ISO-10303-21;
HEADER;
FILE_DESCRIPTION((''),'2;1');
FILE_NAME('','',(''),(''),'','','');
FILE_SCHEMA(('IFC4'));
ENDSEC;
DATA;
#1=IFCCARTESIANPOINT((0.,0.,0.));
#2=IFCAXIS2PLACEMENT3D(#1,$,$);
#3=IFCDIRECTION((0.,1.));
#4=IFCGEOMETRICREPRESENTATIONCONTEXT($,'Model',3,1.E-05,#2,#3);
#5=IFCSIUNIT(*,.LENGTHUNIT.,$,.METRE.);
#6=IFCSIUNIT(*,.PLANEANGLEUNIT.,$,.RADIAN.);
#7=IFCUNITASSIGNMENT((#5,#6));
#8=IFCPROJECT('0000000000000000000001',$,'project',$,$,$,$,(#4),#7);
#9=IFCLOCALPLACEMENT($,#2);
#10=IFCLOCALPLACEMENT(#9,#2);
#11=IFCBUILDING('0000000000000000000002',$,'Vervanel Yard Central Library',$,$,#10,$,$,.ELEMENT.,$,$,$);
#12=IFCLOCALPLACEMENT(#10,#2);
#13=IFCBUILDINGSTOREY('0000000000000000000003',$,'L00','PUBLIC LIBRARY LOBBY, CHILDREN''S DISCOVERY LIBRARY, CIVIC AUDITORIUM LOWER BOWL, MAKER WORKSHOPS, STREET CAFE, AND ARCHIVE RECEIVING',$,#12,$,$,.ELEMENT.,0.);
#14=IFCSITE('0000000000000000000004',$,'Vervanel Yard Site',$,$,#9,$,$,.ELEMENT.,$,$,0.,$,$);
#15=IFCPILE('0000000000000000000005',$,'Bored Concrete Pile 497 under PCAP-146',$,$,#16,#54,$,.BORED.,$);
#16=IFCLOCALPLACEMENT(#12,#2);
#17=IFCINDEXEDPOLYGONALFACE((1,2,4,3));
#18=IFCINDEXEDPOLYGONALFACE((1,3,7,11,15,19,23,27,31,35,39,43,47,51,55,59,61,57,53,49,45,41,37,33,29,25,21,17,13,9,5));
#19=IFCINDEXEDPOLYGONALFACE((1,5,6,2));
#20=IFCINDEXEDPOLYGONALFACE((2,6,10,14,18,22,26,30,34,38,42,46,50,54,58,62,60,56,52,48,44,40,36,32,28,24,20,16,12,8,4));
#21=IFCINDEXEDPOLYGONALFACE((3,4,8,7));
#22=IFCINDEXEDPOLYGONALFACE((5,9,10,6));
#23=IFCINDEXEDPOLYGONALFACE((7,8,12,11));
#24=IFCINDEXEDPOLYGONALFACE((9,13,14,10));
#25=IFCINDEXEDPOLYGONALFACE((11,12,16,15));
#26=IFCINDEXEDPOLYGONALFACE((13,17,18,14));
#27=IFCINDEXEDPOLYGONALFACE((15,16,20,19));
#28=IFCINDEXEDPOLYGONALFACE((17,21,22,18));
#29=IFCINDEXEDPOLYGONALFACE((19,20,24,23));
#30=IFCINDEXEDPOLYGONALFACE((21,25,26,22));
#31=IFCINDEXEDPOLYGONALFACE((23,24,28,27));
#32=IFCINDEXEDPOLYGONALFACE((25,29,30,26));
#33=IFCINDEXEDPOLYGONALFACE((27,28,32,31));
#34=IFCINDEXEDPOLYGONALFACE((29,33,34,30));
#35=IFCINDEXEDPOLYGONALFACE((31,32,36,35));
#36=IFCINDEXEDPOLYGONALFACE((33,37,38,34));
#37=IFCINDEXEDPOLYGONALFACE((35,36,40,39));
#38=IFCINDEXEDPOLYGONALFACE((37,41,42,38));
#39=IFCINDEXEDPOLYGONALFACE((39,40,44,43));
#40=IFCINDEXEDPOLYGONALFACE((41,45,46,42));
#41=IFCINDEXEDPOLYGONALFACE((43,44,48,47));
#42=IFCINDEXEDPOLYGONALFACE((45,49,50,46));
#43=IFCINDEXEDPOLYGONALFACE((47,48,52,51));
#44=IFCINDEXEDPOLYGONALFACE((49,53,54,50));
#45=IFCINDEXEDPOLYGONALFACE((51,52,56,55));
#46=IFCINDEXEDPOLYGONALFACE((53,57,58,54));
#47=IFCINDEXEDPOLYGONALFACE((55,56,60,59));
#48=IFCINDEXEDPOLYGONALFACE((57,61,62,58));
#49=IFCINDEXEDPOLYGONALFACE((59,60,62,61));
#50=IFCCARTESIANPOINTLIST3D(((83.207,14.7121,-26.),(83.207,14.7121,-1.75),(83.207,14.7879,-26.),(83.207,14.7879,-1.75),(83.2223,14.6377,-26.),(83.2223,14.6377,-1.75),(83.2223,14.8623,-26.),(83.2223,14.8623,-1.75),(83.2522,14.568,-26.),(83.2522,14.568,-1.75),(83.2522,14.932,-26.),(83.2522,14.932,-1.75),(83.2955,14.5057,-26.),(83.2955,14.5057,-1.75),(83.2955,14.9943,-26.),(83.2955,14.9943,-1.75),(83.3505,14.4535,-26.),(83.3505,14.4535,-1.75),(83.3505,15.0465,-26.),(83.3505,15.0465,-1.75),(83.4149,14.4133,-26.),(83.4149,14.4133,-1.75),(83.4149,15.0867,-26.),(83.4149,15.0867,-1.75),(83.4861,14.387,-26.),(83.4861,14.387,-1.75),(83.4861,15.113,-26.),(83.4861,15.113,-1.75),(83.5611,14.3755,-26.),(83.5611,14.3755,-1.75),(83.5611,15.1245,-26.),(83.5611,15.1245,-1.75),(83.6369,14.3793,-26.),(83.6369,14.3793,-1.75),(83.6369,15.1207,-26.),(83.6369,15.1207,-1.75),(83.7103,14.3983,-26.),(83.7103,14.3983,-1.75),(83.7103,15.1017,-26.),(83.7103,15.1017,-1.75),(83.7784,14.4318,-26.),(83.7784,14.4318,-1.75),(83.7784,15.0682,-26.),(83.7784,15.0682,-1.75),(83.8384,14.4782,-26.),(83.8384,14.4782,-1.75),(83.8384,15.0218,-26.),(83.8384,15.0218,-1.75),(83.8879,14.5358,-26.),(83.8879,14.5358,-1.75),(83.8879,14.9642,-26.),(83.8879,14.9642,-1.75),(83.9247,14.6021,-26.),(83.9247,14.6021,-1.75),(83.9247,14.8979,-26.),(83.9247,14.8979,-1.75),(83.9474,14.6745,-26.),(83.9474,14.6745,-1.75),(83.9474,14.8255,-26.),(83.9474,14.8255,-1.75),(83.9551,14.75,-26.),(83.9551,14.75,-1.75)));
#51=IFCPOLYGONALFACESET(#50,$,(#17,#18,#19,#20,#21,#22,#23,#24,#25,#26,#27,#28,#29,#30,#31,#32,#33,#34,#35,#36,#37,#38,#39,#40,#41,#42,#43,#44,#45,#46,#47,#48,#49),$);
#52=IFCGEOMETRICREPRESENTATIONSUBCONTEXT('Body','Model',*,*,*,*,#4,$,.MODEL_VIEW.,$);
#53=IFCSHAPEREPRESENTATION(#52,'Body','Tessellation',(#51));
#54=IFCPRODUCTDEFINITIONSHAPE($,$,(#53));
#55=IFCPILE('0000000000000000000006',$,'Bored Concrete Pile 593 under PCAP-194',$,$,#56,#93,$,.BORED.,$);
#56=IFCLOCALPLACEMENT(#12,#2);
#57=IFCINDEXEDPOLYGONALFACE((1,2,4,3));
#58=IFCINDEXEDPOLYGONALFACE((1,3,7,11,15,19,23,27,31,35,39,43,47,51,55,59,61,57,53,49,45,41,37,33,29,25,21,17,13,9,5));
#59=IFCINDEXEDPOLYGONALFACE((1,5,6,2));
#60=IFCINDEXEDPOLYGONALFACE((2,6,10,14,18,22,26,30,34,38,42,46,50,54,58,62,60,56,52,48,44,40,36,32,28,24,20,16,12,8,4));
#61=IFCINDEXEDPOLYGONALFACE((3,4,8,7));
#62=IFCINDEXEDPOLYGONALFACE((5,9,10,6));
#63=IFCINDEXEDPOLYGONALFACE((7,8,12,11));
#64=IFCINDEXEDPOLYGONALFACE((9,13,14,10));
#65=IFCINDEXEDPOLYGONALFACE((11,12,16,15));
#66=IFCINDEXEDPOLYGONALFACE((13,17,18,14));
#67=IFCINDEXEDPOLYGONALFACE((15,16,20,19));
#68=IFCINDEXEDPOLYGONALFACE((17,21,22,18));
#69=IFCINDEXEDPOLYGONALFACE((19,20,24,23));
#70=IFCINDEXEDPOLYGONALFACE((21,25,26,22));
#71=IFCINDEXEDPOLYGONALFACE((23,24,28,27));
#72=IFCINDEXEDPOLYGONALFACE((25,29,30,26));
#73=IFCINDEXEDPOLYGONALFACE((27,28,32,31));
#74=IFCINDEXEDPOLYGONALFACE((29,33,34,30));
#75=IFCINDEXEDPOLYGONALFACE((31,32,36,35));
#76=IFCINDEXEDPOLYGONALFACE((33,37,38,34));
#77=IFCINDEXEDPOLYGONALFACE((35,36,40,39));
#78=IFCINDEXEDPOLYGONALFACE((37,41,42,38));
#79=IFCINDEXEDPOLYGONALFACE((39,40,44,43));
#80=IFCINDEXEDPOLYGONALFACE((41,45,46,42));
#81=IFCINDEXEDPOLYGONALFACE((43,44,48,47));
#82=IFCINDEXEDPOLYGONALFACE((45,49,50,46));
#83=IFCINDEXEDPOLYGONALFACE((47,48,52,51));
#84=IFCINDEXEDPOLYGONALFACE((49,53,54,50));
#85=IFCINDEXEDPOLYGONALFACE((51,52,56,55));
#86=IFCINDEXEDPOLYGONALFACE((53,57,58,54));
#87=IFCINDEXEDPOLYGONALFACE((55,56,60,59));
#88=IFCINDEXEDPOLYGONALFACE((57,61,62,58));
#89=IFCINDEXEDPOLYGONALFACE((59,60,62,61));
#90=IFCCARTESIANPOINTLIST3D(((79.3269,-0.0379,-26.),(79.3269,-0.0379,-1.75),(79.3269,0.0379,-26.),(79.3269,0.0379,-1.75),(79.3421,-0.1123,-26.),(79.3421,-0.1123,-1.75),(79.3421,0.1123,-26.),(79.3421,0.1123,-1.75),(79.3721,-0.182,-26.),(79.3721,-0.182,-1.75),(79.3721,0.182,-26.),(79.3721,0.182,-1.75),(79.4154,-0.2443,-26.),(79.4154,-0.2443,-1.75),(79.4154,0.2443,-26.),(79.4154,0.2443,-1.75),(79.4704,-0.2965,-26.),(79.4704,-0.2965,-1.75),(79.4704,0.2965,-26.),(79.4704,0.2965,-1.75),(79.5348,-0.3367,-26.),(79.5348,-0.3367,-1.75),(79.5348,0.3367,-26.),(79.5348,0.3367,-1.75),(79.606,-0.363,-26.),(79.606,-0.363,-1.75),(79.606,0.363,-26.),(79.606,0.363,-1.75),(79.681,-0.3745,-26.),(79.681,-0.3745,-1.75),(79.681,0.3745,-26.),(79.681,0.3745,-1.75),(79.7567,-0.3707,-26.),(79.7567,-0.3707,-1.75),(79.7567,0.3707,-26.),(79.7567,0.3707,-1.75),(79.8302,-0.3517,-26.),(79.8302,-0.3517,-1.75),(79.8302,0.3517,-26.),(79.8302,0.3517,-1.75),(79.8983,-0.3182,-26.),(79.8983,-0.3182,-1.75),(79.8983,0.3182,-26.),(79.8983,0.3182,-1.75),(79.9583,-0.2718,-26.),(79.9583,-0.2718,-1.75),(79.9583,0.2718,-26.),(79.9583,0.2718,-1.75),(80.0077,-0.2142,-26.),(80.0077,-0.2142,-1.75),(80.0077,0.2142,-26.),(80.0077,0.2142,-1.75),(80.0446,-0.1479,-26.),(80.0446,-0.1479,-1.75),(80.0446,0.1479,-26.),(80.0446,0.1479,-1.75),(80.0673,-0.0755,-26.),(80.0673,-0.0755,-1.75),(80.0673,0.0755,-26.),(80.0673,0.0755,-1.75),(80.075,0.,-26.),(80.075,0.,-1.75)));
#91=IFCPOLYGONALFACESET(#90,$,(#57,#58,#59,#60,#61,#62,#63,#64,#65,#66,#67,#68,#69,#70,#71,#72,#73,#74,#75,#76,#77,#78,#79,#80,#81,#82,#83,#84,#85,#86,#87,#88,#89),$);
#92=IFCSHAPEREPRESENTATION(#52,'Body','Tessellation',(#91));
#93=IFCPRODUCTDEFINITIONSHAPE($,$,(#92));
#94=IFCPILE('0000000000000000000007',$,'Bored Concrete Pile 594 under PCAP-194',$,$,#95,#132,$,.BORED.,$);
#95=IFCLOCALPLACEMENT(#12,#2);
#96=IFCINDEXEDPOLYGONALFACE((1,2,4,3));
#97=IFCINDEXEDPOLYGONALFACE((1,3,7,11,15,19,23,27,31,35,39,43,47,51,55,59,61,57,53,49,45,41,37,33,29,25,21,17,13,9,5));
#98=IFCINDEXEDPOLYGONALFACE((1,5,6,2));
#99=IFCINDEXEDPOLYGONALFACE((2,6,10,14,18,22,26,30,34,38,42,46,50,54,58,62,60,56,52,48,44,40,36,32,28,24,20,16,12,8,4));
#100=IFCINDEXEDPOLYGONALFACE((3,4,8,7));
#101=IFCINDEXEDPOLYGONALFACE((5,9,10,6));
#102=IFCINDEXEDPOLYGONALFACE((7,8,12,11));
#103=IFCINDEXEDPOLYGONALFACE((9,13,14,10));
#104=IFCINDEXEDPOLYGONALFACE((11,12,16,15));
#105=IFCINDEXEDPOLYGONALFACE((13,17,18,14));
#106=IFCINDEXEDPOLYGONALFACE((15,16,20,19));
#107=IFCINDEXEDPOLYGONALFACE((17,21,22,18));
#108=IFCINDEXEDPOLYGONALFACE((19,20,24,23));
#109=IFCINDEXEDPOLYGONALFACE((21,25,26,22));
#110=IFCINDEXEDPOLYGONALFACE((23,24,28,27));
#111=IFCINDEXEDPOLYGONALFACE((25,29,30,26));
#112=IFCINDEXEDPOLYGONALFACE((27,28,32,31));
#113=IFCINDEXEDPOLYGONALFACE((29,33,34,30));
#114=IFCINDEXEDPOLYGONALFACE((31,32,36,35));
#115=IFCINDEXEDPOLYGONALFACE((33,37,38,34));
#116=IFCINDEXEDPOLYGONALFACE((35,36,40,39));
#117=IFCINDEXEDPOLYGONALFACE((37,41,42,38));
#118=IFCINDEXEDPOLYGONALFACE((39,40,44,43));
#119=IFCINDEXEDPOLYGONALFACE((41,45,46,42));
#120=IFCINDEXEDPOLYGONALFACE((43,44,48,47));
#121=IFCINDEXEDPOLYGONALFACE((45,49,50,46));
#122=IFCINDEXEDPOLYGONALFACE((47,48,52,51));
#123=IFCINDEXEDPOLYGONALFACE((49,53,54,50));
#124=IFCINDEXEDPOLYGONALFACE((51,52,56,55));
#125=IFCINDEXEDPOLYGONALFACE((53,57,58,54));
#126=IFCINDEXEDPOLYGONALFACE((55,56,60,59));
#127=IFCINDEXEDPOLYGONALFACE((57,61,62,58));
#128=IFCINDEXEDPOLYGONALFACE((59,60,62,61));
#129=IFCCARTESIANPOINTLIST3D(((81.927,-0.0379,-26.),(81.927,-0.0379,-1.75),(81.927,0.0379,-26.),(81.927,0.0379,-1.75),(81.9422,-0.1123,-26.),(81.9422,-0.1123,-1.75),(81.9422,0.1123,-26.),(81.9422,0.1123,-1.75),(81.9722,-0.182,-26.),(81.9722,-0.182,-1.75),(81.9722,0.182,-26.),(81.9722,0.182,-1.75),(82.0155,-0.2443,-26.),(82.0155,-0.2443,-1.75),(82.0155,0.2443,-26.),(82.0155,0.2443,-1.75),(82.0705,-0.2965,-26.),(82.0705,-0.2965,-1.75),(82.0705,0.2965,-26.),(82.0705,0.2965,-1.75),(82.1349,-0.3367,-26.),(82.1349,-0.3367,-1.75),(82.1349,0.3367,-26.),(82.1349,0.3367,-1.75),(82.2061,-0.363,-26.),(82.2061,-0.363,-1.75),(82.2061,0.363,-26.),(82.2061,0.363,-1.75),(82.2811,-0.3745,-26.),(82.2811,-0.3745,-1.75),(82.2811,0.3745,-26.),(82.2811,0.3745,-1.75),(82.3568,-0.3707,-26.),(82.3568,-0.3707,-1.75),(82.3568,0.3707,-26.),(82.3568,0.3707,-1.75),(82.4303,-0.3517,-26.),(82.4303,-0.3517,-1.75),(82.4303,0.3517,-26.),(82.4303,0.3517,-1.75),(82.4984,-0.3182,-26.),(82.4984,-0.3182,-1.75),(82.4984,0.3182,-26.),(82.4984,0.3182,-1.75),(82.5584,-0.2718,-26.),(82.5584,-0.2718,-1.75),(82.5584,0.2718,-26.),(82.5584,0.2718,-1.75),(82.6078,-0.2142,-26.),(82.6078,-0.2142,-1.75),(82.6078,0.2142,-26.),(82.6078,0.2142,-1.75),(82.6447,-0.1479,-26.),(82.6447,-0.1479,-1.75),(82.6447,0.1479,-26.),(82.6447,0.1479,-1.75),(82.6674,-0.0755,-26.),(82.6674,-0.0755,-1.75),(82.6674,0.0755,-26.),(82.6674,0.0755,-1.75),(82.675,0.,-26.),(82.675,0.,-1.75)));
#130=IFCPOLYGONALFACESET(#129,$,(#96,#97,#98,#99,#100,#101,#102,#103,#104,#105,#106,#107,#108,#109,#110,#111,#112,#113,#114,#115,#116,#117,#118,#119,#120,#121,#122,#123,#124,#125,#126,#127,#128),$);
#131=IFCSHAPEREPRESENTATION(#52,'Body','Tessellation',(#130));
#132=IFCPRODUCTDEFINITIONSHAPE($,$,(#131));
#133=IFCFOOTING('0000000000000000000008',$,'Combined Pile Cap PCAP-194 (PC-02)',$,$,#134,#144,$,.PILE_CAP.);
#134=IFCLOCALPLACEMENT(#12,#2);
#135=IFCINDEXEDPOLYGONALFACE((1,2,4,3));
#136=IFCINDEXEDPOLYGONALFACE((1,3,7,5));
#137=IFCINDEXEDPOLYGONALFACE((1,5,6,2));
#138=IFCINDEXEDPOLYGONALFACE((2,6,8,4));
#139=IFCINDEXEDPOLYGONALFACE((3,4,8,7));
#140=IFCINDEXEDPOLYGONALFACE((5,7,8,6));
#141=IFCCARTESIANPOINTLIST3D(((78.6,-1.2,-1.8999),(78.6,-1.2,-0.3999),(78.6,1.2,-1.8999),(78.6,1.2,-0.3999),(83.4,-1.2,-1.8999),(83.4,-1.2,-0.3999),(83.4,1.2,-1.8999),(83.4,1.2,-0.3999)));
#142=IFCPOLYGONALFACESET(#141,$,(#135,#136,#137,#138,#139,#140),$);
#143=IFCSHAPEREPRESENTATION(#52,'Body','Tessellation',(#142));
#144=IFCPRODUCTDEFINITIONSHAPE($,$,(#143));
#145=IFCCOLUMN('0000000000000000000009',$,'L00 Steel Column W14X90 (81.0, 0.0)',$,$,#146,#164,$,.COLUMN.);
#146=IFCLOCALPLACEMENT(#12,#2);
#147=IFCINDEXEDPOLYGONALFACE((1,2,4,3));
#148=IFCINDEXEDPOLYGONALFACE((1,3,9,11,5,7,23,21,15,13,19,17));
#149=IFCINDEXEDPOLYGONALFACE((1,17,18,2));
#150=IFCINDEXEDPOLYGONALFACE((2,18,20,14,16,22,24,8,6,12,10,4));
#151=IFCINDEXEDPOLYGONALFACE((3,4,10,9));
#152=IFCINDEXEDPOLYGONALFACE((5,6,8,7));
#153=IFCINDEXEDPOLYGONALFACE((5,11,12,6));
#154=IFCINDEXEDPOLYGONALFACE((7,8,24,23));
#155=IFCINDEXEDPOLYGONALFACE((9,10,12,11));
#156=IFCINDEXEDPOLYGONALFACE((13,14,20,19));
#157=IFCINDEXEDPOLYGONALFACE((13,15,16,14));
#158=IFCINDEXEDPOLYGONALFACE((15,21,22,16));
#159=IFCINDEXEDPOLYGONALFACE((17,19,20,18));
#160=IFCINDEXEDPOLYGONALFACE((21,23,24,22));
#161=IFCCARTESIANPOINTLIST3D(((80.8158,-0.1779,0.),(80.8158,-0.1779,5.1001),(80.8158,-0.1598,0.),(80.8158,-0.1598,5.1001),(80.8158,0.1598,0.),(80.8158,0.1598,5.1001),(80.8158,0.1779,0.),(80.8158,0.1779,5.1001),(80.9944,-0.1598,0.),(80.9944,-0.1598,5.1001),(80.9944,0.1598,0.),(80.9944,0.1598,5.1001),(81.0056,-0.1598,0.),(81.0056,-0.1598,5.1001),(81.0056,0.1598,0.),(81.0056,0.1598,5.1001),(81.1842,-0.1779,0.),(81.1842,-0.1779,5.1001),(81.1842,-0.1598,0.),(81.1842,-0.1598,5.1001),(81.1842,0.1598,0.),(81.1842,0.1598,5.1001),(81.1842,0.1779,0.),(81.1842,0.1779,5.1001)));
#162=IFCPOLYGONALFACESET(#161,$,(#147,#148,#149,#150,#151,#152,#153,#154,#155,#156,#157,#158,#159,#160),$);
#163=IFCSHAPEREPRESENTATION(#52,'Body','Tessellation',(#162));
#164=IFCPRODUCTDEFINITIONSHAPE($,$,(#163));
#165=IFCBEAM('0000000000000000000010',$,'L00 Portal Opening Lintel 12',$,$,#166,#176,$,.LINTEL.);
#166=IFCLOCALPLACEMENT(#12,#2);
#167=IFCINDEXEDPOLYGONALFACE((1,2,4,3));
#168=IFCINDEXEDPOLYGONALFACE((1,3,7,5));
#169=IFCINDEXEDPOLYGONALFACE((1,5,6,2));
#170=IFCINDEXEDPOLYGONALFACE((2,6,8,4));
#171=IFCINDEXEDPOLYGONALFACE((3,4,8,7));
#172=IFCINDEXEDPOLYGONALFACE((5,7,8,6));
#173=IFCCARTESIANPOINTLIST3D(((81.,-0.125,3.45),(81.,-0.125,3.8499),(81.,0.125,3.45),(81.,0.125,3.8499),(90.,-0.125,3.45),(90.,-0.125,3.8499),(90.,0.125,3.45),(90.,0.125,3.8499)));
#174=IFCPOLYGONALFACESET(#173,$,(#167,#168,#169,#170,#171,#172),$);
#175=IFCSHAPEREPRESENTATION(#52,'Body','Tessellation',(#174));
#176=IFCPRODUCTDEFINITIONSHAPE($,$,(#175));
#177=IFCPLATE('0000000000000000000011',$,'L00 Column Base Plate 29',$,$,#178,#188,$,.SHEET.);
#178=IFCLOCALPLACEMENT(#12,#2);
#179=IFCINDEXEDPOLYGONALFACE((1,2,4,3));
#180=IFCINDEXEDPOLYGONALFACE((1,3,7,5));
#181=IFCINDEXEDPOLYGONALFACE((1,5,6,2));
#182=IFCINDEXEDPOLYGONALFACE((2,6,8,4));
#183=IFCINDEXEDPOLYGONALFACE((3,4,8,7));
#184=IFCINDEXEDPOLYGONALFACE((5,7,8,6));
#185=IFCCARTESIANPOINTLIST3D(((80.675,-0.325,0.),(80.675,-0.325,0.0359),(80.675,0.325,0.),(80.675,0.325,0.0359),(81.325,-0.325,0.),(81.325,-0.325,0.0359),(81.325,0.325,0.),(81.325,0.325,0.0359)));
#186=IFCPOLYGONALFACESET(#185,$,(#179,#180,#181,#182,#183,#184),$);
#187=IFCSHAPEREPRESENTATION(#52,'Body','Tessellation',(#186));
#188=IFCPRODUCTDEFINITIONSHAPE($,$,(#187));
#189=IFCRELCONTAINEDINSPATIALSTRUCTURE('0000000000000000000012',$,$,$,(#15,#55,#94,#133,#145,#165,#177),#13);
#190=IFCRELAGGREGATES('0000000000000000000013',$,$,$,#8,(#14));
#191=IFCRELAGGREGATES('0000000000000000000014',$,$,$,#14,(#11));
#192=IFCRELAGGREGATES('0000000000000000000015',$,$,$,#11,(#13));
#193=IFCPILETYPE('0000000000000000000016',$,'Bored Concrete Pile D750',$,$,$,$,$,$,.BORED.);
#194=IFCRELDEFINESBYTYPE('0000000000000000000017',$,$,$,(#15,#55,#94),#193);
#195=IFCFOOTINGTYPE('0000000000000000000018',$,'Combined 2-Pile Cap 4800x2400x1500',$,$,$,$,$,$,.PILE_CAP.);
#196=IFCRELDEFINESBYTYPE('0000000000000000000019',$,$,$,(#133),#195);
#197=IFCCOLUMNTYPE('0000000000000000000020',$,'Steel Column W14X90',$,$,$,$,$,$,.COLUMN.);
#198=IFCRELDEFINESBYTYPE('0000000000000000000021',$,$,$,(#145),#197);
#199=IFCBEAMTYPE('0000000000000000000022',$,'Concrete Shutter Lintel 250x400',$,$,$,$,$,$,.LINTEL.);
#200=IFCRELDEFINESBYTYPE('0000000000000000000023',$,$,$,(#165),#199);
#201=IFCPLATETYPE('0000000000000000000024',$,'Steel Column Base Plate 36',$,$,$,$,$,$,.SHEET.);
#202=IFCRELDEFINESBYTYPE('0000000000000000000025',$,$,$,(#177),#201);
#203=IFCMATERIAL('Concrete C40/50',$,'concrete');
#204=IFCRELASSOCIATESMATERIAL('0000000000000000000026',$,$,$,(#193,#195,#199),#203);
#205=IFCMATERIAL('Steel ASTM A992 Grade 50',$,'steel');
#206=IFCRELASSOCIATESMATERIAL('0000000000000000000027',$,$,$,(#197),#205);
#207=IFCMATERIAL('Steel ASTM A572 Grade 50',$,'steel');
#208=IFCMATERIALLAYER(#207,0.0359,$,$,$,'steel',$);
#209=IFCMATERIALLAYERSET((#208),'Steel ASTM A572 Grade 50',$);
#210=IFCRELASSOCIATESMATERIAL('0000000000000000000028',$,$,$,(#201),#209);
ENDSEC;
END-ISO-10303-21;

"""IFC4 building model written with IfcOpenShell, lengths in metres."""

from ifc_helpers import new_model, si_unit, direction, frame, origin, origin_2d, place, context, subcontext, project, spatial, rectangle, circle, i_section, extrude, material, layer, layer_set, material_profile, profile_set, type_object, element, save


model = new_model("IFC4")

# Units and contexts
model_context = context("Model", 3, precision=1e-05, world=origin(), true_north=direction((0.0, 1.0)))
body_context = subcontext(model_context, "Body", "Model", "MODEL_VIEW")
ifc_project = project(units=[si_unit("LENGTHUNIT", "METRE"), si_unit("PLANEANGLEUNIT", "RADIAN")], contexts=[model_context])

# Site, building, storey
site_placement = place(None, origin())
site = spatial("IfcSite", under=ifc_project, at=site_placement, Name="Vervanel Yard Site", CompositionType="ELEMENT", RefElevation=0.0)
building_placement = place(site_placement, origin())
building = spatial("IfcBuilding", under=site, at=building_placement, Name="Vervanel Yard Central Library", CompositionType="ELEMENT")
storey_placement = place(building_placement, origin())
storey = spatial("IfcBuildingStorey", under=building, at=storey_placement, Name="L00", Description="PUBLIC LIBRARY LOBBY, CHILDREN'S DISCOVERY LIBRARY, CIVIC AUDITORIUM LOWER BOWL, MAKER WORKSHOPS, STREET CAFE, AND ARCHIVE RECEIVING", CompositionType="ELEMENT", Elevation=0.0)

# Piles
ifc_material_1 = material(Name="Concrete C40/50", Category="concrete")
ifc_material_profile_1 = material_profile(ifc_material_1, circle(Radius=0.375, at=origin_2d()), Name="BP D750", Category="concrete")
ifc_profile_set_1 = profile_set([ifc_material_profile_1], Name="Concrete C40/50")
pile_type = type_object("IfcPileType", Name="Bored Concrete Pile D750", PredefinedType="BORED", material=ifc_profile_set_1)
for number, where, z_axis, x_axis, name in (
    (1, (83.5801, 14.75, -1.75), (0.0, 0.0, -1.0), (1.0, 0.0, 0.0), "Bored Concrete Pile 497 under PCAP-146"),
    (2, (79.7, 0.0, -1.75), (0.0, 0.0, -1.0), (1.0, 0.0, 0.0), "Bored Concrete Pile 593 under PCAP-194"),
    (3, (82.3, 0.0, -1.75), (0.0, 0.0, -1.0), (1.0, 0.0, 0.0), "Bored Concrete Pile 594 under PCAP-194"),
):
    element("IfcPile", number, at=place(storey_placement, frame(where, z_axis=z_axis, x_axis=x_axis)), inside=storey, type_object=pile_type, Name=name, PredefinedType="BORED", context=body_context, shape_type="SweptSolid", body=[
        extrude(circle(Radius=0.375, at=origin_2d()), origin(), (0.0, 0.0, 1.0), 24.25),
    ])

# Footing
footing_type = type_object("IfcFootingType", Name="Combined 2-Pile Cap 4800x2400x1500", PredefinedType="PILE_CAP", material=ifc_material_1)
footing_placement = place(storey_placement, frame((81.0, 0.0, -1.8999), z_axis=(0.0, 0.0, 1.0), x_axis=(1.0, 0.0, 0.0)))
element("IfcFooting", 4, at=footing_placement, inside=storey, type_object=footing_type, Name="Combined Pile Cap PCAP-194 (PC-02)", PredefinedType="PILE_CAP", context=body_context, shape_type="SweptSolid", body=[
    extrude(rectangle(XDim=4.8, YDim=2.3999, at=origin_2d()), origin(), (0.0, 0.0, 1.0), 1.5),
])

# Column
ifc_material_2 = material(Name="Steel ASTM A992 Grade 50", Category="steel")
ifc_material_profile_2 = material_profile(ifc_material_2, i_section(OverallWidth=0.3684, OverallDepth=0.3557, WebThickness=0.0112, FlangeThickness=0.0181, at=origin_2d()), Name="W14X90", Category="steel")
ifc_profile_set_2 = profile_set([ifc_material_profile_2], Name="Steel ASTM A992 Grade 50")
column_type = type_object("IfcColumnType", Name="Steel Column W14X90", PredefinedType="COLUMN", material=ifc_profile_set_2)
column_placement = place(storey_placement, frame((81.0, 0.0, 0.0), z_axis=(0.0, 0.0, 1.0), x_axis=(1.0, 0.0, 0.0)))
element("IfcColumn", 5, at=column_placement, inside=storey, type_object=column_type, Name="L00 Steel Column W14X90 (81.0, 0.0)", PredefinedType="COLUMN", context=body_context, shape_type="SweptSolid", body=[
    extrude(i_section(OverallWidth=0.3684, OverallDepth=0.3557, WebThickness=0.0112, FlangeThickness=0.0181, at=origin_2d()), origin(), (0.0, 0.0, 1.0), 5.1001),
])

# Beam
ifc_material_profile_3 = material_profile(ifc_material_1, rectangle(XDim=0.25, YDim=0.3999, at=origin_2d()), Name="RC 250x400", Category="concrete")
ifc_profile_set_3 = profile_set([ifc_material_profile_3], Name="Concrete C40/50")
beam_type = type_object("IfcBeamType", Name="Concrete Shutter Lintel 250x400", PredefinedType="LINTEL", material=ifc_profile_set_3)
beam_placement = place(storey_placement, frame((81.0, 0.0, 3.6499), z_axis=(1.0, 0.0, 0.0), x_axis=(0.0, 1.0, 0.0)))
element("IfcBeam", 6, at=beam_placement, inside=storey, type_object=beam_type, Name="L00 Portal Opening Lintel 12", PredefinedType="LINTEL", context=body_context, shape_type="SweptSolid", body=[
    extrude(rectangle(XDim=0.25, YDim=0.3999, at=origin_2d()), origin(), (0.0, 0.0, 1.0), 9.0),
])

# Plate
ifc_material_3 = material(Name="Steel ASTM A572 Grade 50", Category="steel")
ifc_layer_1 = layer(ifc_material_3, 0.0359, Category="steel")
ifc_layer_set_1 = layer_set([ifc_layer_1], Name="Steel ASTM A572 Grade 50")
plate_type = type_object("IfcPlateType", Name="Steel Column Base Plate 36", PredefinedType="SHEET", material=ifc_layer_set_1)
plate_placement = place(storey_placement, frame((81.0, 0.0, 0.0), z_axis=(0.0, 0.0, 1.0), x_axis=(1.0, 0.0, 0.0)))
element("IfcPlate", 7, at=plate_placement, inside=storey, type_object=plate_type, Name="L00 Column Base Plate 29", PredefinedType="SHEET", context=body_context, shape_type="SweptSolid", body=[
    extrude(rectangle(XDim=0.6499, YDim=0.6499, at=origin_2d()), origin(), (0.0, 0.0, 1.0), 0.0359),
])

save(model, "model.ifc")
